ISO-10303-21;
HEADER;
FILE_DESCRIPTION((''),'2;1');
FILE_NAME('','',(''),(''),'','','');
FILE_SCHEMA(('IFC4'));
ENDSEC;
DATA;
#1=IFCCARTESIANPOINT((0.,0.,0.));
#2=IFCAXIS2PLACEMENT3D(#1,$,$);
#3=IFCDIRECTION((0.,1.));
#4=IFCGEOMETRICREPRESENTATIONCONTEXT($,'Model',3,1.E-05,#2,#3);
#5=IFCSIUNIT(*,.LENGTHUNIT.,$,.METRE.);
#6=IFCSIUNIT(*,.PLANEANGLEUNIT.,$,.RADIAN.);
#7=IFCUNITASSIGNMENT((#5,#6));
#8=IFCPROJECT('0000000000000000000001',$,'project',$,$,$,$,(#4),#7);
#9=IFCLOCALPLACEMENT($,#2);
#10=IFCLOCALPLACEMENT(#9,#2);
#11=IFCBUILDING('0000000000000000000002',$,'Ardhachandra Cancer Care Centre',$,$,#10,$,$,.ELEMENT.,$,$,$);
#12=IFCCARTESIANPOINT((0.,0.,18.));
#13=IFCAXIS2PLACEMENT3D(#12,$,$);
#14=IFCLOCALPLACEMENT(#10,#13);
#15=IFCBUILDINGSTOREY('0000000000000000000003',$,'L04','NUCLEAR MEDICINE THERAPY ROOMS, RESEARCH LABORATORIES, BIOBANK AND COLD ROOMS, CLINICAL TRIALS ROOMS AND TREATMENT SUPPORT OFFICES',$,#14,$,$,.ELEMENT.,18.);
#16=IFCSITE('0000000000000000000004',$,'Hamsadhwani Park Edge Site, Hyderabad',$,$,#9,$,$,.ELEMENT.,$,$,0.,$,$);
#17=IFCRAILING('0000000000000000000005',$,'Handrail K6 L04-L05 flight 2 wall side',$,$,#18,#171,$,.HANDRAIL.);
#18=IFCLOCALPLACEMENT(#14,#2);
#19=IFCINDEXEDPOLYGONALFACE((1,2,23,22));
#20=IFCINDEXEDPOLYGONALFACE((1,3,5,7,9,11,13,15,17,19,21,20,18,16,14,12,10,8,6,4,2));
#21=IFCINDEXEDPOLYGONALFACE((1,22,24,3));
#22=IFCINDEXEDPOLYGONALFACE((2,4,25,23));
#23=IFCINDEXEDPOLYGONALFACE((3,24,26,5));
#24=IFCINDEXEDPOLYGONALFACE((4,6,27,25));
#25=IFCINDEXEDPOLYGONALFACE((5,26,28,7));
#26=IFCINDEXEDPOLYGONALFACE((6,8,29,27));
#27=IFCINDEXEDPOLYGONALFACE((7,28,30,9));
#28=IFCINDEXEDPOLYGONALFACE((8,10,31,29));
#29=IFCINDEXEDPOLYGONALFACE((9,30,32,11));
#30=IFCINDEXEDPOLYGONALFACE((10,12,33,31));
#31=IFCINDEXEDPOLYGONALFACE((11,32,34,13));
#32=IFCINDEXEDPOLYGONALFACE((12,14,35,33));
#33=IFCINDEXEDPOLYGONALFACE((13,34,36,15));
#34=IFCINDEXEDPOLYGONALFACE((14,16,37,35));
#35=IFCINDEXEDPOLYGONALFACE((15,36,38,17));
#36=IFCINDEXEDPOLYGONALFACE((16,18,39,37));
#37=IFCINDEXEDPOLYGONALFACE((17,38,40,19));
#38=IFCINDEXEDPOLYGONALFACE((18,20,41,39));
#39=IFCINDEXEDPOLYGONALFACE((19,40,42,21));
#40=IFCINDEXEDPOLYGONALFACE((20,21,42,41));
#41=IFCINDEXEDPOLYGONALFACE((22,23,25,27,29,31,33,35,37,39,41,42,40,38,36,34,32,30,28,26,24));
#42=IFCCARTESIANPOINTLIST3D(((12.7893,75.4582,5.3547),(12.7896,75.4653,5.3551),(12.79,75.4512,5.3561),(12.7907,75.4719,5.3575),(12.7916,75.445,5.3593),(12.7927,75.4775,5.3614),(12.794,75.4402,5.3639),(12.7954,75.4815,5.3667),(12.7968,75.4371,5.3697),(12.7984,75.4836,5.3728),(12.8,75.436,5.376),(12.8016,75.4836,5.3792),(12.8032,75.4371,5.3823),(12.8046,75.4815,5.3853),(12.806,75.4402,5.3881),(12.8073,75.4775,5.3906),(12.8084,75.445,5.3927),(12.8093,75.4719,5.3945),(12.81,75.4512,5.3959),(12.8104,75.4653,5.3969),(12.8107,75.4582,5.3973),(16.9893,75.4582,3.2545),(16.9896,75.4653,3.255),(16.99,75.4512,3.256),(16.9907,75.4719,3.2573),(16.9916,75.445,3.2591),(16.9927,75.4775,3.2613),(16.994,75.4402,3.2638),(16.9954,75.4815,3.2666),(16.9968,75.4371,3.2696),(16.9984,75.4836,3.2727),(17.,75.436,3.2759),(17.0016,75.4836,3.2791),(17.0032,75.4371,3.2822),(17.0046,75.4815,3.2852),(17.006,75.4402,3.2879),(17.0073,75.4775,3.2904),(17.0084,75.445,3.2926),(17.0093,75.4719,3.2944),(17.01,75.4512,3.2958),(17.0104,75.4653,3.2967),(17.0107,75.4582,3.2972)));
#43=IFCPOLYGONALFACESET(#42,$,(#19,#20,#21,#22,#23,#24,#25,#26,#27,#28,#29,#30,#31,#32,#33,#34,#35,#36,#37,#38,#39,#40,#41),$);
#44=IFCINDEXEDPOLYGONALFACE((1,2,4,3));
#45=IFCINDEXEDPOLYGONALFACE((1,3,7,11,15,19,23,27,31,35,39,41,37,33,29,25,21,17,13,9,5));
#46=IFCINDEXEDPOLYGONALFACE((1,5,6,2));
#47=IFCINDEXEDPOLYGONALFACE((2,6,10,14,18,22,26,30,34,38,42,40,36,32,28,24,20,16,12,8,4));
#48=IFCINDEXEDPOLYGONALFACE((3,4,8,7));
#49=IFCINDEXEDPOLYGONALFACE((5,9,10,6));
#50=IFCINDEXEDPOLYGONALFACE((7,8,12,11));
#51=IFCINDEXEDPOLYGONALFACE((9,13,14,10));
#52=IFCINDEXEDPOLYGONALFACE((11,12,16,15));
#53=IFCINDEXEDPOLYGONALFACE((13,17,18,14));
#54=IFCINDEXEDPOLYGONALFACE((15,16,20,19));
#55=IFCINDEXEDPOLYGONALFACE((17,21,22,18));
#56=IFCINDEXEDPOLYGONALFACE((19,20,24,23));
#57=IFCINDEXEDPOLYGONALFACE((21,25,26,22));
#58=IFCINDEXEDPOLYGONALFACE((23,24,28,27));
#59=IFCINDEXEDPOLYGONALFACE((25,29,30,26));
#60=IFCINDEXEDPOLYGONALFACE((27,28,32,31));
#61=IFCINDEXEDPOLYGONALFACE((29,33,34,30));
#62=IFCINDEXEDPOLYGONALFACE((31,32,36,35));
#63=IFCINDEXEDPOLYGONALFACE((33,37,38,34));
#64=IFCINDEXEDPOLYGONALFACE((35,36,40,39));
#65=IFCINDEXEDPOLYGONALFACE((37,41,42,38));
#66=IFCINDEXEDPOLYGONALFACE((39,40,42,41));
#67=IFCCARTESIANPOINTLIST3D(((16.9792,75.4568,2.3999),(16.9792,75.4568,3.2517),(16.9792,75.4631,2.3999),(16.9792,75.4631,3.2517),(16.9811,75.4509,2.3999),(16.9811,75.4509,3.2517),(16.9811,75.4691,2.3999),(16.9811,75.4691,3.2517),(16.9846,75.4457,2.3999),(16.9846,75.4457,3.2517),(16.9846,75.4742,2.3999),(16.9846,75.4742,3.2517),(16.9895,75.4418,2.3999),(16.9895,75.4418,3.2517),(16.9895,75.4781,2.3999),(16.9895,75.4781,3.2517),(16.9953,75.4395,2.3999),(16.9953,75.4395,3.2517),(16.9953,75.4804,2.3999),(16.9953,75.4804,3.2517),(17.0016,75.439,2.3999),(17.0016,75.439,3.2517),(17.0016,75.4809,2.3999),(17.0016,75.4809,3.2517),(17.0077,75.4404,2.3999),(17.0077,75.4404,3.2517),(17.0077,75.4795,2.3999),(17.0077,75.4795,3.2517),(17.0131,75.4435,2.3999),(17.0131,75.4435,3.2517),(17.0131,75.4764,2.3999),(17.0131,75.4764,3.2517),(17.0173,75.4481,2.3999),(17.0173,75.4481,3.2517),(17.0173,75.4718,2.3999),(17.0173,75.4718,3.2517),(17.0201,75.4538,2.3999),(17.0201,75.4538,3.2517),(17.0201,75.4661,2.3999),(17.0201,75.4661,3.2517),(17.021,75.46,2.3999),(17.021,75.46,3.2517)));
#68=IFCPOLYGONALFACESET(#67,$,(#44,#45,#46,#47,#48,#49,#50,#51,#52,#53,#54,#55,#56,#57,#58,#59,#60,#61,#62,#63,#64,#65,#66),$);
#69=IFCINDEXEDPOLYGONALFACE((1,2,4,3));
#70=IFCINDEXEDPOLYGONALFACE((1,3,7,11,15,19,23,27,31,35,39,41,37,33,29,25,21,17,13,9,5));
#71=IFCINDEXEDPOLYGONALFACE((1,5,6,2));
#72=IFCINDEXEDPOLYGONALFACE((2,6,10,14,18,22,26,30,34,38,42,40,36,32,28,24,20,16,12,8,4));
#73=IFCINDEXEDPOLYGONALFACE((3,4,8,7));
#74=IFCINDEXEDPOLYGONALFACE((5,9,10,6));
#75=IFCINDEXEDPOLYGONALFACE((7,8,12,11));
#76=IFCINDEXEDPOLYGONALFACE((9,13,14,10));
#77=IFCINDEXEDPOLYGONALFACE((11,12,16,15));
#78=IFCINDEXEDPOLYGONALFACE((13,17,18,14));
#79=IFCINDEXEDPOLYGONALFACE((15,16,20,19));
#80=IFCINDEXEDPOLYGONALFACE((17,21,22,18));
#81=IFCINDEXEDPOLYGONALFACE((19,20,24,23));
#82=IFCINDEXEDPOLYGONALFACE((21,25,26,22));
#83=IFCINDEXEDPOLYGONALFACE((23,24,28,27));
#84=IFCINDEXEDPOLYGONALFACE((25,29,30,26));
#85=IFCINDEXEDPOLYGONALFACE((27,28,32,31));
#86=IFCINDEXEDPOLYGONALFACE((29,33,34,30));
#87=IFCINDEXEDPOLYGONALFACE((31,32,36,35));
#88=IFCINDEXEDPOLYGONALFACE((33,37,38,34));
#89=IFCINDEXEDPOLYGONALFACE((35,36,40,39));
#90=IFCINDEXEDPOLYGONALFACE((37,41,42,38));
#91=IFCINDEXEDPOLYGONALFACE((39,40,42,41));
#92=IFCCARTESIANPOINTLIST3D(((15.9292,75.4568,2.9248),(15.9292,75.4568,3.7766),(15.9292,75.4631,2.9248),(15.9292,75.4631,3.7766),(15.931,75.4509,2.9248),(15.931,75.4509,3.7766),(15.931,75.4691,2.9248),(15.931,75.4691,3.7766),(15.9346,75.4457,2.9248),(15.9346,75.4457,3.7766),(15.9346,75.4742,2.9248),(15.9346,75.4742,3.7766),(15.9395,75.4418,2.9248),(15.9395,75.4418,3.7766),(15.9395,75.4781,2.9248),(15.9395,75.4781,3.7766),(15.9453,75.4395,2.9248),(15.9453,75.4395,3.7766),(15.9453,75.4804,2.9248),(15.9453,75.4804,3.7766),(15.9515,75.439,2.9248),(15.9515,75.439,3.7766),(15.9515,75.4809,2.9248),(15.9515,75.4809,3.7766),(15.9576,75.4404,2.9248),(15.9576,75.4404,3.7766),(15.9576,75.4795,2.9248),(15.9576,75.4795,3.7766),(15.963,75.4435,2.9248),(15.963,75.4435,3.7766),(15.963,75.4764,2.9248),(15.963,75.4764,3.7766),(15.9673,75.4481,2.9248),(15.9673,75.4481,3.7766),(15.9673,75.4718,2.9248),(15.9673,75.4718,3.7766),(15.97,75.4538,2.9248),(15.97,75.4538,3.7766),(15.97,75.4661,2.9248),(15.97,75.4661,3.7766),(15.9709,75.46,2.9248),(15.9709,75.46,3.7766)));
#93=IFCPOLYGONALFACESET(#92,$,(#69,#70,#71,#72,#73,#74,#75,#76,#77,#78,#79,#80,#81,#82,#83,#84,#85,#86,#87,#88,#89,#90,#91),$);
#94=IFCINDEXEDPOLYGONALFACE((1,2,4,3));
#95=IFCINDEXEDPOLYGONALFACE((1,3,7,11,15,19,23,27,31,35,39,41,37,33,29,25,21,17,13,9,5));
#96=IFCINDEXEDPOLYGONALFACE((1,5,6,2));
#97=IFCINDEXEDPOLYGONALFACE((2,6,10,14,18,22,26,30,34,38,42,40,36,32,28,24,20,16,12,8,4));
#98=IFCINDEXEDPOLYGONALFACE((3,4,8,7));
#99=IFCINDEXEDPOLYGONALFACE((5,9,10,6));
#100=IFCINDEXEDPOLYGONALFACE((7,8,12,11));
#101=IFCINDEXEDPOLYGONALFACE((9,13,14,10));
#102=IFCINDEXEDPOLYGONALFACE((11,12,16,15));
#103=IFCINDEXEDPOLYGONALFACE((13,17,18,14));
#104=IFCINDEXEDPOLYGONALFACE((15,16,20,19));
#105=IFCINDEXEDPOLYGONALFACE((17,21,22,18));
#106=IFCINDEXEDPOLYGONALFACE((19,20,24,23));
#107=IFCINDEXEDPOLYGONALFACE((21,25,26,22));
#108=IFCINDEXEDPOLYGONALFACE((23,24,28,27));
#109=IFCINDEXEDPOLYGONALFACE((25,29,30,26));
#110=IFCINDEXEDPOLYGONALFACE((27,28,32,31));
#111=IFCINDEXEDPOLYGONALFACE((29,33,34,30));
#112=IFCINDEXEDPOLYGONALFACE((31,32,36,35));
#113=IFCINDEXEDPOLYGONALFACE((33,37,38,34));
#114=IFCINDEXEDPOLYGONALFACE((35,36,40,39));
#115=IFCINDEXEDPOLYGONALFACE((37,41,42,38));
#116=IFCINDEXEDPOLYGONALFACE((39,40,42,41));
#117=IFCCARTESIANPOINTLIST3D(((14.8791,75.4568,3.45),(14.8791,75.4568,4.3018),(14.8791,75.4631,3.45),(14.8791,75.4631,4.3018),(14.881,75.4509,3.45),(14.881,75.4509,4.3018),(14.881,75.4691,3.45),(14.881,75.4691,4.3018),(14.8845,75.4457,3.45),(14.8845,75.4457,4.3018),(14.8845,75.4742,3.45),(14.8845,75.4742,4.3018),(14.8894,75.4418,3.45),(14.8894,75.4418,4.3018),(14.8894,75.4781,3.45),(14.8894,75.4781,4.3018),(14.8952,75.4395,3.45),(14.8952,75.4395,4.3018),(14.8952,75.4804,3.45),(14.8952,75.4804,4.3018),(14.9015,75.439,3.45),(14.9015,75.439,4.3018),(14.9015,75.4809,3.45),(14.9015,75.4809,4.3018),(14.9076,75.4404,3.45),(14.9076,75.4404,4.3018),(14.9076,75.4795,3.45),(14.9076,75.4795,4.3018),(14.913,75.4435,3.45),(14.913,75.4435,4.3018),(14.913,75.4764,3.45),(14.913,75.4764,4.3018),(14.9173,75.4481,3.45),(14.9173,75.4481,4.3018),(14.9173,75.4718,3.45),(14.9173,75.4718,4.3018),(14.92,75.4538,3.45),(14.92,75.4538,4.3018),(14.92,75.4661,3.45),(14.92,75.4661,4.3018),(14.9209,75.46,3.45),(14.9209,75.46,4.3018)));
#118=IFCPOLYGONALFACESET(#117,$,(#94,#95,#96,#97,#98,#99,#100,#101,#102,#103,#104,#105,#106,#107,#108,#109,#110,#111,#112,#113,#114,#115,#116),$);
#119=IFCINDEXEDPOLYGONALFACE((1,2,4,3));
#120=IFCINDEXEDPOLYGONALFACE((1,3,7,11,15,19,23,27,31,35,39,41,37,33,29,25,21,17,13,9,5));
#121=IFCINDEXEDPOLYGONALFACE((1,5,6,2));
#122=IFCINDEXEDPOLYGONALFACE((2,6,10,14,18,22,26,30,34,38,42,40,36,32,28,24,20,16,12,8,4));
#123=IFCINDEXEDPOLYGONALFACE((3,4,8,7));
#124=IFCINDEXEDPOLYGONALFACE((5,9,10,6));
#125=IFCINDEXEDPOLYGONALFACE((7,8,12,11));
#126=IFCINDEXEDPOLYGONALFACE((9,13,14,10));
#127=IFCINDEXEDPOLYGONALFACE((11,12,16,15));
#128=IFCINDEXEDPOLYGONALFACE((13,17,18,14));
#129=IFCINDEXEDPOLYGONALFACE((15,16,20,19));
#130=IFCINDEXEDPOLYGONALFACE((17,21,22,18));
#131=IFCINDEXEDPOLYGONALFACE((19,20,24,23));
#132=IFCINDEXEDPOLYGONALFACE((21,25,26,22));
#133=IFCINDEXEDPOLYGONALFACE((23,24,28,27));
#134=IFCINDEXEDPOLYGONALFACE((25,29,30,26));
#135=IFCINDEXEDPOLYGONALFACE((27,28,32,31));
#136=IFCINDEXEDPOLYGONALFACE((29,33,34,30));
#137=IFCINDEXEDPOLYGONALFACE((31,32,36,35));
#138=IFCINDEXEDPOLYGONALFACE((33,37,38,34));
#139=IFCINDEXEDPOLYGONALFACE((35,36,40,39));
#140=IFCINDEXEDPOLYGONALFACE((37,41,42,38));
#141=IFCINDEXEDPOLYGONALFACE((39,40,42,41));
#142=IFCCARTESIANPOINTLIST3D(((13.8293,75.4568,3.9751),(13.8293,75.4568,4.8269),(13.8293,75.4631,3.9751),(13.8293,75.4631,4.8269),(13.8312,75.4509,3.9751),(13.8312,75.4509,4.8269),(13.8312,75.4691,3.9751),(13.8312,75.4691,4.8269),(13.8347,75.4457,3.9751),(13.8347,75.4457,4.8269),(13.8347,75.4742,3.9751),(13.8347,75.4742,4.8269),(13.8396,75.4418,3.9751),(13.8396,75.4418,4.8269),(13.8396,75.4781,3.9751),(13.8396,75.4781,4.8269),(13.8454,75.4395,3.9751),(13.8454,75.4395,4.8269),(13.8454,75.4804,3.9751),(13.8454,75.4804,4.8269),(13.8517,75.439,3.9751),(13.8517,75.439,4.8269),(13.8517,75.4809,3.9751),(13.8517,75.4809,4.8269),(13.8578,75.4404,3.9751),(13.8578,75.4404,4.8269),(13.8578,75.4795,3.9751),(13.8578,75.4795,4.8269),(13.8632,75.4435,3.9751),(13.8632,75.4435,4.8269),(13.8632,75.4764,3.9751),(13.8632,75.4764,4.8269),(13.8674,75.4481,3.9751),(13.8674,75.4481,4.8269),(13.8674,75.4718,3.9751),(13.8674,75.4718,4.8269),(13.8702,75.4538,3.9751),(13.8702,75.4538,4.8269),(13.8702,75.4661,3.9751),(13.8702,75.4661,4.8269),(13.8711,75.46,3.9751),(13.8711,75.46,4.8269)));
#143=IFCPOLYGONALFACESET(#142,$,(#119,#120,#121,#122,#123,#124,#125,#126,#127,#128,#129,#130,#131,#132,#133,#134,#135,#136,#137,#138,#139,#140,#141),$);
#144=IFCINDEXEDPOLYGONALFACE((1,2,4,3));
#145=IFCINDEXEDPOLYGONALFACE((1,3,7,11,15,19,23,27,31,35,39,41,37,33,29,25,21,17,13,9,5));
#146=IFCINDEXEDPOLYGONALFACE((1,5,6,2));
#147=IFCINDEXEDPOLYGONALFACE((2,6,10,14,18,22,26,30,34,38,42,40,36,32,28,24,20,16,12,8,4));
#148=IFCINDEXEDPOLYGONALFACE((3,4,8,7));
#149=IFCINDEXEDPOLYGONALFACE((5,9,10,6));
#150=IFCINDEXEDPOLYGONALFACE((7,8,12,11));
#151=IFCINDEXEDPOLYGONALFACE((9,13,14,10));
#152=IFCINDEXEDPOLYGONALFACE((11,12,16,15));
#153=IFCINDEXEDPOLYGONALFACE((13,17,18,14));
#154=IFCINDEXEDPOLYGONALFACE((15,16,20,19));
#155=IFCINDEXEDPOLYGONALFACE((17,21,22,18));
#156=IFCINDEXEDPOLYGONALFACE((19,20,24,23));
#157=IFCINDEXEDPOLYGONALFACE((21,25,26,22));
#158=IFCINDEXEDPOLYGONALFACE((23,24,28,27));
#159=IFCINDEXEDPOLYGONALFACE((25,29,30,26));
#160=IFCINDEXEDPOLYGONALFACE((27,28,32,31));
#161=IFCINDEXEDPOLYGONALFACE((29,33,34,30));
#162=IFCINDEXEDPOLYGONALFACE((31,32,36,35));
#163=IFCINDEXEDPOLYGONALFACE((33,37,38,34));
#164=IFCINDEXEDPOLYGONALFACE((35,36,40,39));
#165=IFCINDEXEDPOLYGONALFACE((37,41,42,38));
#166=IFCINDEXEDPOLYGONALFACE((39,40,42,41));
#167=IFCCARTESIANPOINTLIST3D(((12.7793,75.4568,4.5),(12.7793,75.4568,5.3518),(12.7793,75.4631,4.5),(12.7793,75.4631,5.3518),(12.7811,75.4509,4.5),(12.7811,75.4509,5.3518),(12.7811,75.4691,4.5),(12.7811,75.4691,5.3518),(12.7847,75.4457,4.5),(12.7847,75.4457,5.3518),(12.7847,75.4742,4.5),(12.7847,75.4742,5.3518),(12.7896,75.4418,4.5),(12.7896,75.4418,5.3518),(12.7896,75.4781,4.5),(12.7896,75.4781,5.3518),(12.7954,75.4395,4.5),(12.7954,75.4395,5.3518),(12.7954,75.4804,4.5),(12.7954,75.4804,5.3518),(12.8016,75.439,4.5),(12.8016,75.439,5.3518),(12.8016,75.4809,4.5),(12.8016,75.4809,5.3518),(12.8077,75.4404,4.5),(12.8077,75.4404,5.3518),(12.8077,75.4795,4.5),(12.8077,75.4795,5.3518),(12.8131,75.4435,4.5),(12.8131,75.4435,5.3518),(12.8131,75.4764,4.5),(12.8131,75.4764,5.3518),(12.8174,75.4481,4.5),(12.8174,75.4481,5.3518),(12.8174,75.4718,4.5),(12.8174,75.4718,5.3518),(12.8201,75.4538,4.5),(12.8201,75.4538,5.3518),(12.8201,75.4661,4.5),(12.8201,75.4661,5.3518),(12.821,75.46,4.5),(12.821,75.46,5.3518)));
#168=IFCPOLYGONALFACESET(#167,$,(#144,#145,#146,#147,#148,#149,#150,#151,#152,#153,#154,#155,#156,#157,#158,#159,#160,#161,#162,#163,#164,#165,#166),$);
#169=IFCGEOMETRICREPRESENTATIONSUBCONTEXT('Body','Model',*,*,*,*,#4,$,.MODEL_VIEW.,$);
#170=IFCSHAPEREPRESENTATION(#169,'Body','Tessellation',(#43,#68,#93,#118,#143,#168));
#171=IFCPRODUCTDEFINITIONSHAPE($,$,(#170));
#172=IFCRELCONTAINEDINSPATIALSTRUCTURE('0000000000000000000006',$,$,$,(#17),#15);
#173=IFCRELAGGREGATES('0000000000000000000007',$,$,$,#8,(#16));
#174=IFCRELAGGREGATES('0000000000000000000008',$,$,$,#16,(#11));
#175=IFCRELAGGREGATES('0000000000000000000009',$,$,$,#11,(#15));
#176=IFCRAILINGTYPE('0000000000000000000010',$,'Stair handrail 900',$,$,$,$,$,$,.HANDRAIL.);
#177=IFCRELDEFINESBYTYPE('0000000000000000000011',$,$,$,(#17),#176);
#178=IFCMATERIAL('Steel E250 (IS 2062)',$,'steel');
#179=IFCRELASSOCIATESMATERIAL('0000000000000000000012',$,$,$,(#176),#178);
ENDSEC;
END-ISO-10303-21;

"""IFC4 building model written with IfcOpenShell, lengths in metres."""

from ifc_helpers import new_model, si_unit, direction, frame, origin, origin_2d, place, context, subcontext, project, spatial, circle, extrude, material, type_object, element, save


model = new_model("IFC4")

# Units and contexts
model_context = context("Model", 3, precision=1e-05, world=origin(), true_north=direction((0.0, 1.0)))
body_context = subcontext(model_context, "Body", "Model", "MODEL_VIEW")
ifc_project = project(units=[si_unit("LENGTHUNIT", "METRE"), si_unit("PLANEANGLEUNIT", "RADIAN")], contexts=[model_context])

# Site, building, storey
site_placement = place(None, origin())
site = spatial("IfcSite", under=ifc_project, at=site_placement, Name="Hamsadhwani Park Edge Site, Hyderabad", CompositionType="ELEMENT", RefElevation=0.0)
building_placement = place(site_placement, origin())
building = spatial("IfcBuilding", under=site, at=building_placement, Name="Ardhachandra Cancer Care Centre", CompositionType="ELEMENT")
storey_placement = place(building_placement, frame((0.0, 0.0, 18.0)))
storey = spatial("IfcBuildingStorey", under=building, at=storey_placement, Name="L04", Description="NUCLEAR MEDICINE THERAPY ROOMS, RESEARCH LABORATORIES, BIOBANK AND COLD ROOMS, CLINICAL TRIALS ROOMS AND TREATMENT SUPPORT OFFICES", CompositionType="ELEMENT", Elevation=18.0)

# Railing
ifc_material_1 = material(Name="Steel E250 (IS 2062)", Category="steel")
railing_type = type_object("IfcRailingType", Name="Stair handrail 900", PredefinedType="HANDRAIL", material=ifc_material_1)
for number, where, name in (
    (1, (17.0, 75.46, 2.3999), "Handrail K6 L04-L05 flight 2 wall side"),
):
    element("IfcRailing", number, at=place(storey_placement, frame(where)), inside=storey, type_object=railing_type, Name=name, PredefinedType="HANDRAIL", context=body_context, shape_type="SweptSolid", body=[
        extrude(circle(Radius=0.0239, at=origin_2d()), frame((0.0, 0.0, 0.876), z_axis=(-0.894417, 0.0, 0.447234), x_axis=(0.0, -1.0, 0.0)), (0.0, 0.0, 1.0), 4.6958),
        extrude(circle(Radius=0.021, at=origin_2d()), origin(), (0.0, 0.0, 1.0), 0.8518),
        extrude(circle(Radius=0.021, at=origin_2d()), frame((-1.05, 0.0, 0.5249)), (0.0, 0.0, 1.0), 0.8518),
        extrude(circle(Radius=0.021, at=origin_2d()), frame((-2.1001, 0.0, 1.05)), (0.0, 0.0, 1.0), 0.8518),
        extrude(circle(Radius=0.021, at=origin_2d()), frame((-3.1499, 0.0, 1.5752)), (0.0, 0.0, 1.0), 0.8518),
        extrude(circle(Radius=0.021, at=origin_2d()), frame((-4.2, 0.0, 2.1001)), (0.0, 0.0, 1.0), 0.8518),
    ])

save(model, "model.ifc")
